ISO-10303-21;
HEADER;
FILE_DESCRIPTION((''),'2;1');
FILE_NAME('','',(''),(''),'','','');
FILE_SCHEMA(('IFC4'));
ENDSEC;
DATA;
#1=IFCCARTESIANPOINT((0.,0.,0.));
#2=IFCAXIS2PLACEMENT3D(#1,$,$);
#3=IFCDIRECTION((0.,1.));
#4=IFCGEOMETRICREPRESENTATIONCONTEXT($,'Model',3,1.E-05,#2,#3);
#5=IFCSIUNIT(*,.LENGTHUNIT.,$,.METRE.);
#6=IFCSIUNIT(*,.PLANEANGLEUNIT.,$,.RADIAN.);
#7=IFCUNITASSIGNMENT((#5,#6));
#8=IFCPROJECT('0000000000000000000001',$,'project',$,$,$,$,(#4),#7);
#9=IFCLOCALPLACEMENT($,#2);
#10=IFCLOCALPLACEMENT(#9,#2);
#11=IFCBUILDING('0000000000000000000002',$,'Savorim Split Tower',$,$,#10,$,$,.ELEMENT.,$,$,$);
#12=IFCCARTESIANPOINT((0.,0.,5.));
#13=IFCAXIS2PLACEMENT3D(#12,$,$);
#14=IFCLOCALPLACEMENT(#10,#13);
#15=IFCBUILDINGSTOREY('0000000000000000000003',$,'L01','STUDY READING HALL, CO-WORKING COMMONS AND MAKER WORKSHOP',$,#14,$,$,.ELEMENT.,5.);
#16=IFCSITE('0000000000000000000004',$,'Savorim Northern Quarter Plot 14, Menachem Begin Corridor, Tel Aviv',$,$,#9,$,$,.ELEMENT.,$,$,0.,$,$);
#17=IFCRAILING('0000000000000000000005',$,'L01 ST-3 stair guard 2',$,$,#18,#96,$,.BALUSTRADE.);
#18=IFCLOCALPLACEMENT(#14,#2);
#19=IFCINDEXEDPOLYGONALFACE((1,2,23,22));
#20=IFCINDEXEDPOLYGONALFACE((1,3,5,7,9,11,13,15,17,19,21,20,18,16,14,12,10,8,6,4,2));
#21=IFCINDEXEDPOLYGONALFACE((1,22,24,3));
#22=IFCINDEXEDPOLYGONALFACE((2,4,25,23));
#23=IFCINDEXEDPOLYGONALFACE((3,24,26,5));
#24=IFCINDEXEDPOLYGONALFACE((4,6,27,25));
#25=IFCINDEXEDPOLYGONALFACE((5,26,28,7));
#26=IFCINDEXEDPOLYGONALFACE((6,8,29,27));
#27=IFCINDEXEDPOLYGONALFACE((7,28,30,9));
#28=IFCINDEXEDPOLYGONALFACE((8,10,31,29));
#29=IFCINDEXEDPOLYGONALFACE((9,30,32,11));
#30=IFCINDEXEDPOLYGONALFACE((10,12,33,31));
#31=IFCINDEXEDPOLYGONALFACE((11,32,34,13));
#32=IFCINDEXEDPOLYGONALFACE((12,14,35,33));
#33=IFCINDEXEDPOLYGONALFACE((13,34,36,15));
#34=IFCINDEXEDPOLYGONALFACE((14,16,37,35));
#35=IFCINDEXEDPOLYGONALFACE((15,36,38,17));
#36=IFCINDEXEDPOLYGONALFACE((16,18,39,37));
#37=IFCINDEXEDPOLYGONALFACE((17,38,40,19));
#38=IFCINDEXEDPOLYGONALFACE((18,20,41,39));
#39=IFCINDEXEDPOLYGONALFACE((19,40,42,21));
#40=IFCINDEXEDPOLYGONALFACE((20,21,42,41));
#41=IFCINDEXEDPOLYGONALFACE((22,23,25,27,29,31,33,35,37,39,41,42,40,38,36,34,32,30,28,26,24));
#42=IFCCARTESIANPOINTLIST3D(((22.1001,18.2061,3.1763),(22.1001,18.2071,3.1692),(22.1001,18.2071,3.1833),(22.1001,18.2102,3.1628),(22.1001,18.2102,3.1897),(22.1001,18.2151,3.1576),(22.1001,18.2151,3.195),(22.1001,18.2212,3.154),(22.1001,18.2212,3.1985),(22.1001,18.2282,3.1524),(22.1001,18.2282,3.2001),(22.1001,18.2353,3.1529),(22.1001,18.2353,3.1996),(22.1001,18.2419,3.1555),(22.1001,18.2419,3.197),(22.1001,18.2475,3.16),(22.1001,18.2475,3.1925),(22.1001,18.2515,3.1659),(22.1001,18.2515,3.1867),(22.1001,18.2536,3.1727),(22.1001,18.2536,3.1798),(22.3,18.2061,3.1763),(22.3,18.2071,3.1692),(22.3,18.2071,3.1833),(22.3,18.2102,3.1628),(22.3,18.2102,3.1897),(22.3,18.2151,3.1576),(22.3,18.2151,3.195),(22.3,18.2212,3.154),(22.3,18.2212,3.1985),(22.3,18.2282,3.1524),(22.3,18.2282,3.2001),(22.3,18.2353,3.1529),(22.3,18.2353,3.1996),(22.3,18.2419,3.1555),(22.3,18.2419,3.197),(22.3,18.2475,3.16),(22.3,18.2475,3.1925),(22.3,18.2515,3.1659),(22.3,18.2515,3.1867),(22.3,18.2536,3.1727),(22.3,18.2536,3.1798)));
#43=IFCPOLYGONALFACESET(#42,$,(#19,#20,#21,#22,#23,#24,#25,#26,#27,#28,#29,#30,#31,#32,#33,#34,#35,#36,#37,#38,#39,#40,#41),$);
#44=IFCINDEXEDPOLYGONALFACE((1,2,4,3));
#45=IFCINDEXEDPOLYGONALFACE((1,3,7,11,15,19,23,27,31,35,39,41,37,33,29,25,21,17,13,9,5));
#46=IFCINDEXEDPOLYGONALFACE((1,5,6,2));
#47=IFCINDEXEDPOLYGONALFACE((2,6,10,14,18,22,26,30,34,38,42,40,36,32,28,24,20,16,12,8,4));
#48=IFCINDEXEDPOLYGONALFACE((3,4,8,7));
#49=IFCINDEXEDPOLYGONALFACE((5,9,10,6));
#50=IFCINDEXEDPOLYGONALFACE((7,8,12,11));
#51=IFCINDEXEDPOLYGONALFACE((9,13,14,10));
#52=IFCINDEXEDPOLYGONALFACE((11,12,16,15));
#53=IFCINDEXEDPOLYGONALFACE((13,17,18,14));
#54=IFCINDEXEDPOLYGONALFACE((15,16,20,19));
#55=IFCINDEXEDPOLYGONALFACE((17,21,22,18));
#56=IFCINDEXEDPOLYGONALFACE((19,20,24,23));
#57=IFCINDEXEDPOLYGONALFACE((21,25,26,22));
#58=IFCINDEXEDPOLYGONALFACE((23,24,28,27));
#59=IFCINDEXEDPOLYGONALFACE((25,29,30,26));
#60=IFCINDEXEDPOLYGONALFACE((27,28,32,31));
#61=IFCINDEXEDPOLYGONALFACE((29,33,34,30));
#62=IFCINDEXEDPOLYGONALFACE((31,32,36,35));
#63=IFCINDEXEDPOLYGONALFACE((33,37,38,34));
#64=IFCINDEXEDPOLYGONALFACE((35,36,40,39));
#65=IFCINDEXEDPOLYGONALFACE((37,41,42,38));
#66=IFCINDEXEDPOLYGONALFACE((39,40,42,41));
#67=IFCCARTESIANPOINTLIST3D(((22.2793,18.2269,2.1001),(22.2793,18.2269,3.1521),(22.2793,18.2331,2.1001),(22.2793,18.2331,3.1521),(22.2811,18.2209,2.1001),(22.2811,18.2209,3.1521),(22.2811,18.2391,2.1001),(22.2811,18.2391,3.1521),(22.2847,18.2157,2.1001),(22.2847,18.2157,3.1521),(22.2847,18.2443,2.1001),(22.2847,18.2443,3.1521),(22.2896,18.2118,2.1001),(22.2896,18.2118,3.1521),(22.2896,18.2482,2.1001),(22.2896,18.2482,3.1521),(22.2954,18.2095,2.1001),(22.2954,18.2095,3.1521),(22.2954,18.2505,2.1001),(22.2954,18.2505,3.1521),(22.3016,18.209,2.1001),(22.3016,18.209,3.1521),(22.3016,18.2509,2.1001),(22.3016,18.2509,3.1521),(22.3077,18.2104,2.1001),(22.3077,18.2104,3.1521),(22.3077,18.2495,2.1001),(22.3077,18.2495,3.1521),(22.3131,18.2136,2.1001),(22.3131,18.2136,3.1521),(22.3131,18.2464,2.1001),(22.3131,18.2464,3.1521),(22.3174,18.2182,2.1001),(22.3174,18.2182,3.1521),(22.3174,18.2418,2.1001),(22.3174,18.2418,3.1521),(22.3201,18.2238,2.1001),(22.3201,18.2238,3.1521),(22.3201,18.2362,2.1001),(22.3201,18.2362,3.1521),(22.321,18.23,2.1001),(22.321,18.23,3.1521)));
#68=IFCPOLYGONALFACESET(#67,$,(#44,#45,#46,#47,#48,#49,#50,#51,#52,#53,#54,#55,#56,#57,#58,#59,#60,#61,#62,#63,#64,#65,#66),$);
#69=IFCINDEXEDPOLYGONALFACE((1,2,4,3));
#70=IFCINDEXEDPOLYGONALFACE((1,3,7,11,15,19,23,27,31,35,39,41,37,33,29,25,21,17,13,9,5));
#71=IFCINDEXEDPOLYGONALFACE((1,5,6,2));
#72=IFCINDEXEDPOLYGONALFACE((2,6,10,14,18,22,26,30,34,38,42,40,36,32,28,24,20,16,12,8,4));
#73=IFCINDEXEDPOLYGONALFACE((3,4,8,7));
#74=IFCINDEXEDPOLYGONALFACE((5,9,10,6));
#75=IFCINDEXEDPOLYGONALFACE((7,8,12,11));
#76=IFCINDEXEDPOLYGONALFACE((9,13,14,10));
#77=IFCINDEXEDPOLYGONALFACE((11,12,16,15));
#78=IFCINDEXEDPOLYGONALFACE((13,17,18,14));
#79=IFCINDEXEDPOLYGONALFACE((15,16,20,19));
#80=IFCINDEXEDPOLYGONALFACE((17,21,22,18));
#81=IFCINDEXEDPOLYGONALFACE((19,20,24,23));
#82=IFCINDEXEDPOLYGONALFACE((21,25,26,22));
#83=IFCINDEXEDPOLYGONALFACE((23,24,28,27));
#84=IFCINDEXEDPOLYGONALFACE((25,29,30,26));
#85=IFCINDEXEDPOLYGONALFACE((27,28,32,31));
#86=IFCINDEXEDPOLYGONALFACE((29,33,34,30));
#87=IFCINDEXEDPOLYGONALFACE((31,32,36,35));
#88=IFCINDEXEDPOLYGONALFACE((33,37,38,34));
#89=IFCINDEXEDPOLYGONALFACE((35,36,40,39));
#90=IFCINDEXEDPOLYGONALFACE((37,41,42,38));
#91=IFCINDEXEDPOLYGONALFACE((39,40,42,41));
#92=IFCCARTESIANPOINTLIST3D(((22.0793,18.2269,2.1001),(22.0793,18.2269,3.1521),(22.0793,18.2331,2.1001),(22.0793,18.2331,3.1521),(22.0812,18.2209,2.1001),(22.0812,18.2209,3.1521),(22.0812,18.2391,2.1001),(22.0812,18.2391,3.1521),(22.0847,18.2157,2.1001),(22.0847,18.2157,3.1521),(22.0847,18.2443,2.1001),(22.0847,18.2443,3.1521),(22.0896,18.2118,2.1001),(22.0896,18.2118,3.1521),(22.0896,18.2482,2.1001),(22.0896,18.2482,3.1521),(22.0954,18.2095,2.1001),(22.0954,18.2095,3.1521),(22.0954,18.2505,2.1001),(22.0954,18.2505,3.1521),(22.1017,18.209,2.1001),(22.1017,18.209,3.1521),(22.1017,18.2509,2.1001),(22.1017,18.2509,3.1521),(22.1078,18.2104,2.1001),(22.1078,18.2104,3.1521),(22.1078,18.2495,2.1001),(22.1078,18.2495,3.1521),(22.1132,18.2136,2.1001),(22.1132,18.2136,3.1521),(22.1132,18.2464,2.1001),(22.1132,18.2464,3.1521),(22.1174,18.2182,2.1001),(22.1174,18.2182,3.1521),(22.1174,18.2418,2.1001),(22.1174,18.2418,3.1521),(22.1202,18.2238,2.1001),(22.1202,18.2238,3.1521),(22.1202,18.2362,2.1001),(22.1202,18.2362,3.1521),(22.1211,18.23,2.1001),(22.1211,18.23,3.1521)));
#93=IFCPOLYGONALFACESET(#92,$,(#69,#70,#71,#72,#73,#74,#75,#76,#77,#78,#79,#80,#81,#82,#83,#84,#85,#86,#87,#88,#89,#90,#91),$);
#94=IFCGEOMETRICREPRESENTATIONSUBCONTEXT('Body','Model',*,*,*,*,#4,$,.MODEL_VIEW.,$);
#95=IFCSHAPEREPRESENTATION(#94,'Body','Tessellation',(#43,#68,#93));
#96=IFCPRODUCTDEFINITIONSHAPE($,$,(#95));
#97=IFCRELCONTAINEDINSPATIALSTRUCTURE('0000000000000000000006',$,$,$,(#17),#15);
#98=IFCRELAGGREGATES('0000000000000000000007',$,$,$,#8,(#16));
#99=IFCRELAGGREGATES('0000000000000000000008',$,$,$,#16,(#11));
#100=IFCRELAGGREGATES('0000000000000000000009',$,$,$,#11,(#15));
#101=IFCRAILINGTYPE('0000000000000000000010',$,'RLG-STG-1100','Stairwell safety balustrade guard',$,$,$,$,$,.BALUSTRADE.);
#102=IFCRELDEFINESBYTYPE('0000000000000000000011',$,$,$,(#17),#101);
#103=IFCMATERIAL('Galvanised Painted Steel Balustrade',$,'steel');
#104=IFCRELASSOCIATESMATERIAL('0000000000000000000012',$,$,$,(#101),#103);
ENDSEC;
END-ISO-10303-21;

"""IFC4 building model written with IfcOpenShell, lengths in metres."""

from ifc_helpers import new_model, si_unit, direction, frame, origin, origin_2d, place, context, subcontext, project, spatial, circle, extrude, material, type_object, element, save


model = new_model("IFC4")

# Units and contexts
model_context = context("Model", 3, precision=1e-05, world=origin(), true_north=direction((0.0, 1.0)))
body_context = subcontext(model_context, "Body", "Model", "MODEL_VIEW")
ifc_project = project(units=[si_unit("LENGTHUNIT", "METRE"), si_unit("PLANEANGLEUNIT", "RADIAN")], contexts=[model_context])

# Site, building, storey
site_placement = place(None, origin())
site = spatial("IfcSite", under=ifc_project, at=site_placement, Name="Savorim Northern Quarter Plot 14, Menachem Begin Corridor, Tel Aviv", CompositionType="ELEMENT", RefElevation=0.0)
building_placement = place(site_placement, origin())
building = spatial("IfcBuilding", under=site, at=building_placement, Name="Savorim Split Tower", CompositionType="ELEMENT")
storey_placement = place(building_placement, frame((0.0, 0.0, 5.0)))
storey = spatial("IfcBuildingStorey", under=building, at=storey_placement, Name="L01", Description="STUDY READING HALL, CO-WORKING COMMONS AND MAKER WORKSHOP", CompositionType="ELEMENT", Elevation=5.0)

# Railing
ifc_material_1 = material(Name="Galvanised Painted Steel Balustrade", Category="steel")
railing_type_1 = type_object("IfcRailingType", Name="RLG-STG-1100", Description="Stairwell safety balustrade guard", PredefinedType="BALUSTRADE", material=ifc_material_1)
railing_1_placement = place(storey_placement, frame((22.3, 18.23, 2.1001)))
element("IfcRailing", 1, at=railing_1_placement, inside=storey, type_object=railing_type_1, Name="L01 ST-3 stair guard 2", PredefinedType="BALUSTRADE", context=body_context, shape_type="SweptSolid", body=[
    extrude(circle(Radius=0.0239, at=origin_2d()), frame((0.0, 0.0, 1.0762), z_axis=(-1.0, 0.0, 0.0), x_axis=(0.0, -1.0, 0.0)), (0.0, 0.0, 1.0), 0.2),
    extrude(circle(Radius=0.021, at=origin_2d()), origin(), (0.0, 0.0, 1.0), 1.052),
    extrude(circle(Radius=0.021, at=origin_2d()), frame((-0.2, 0.0, 0.0)), (0.0, 0.0, 1.0), 1.052),
])

save(model, "model.ifc")
